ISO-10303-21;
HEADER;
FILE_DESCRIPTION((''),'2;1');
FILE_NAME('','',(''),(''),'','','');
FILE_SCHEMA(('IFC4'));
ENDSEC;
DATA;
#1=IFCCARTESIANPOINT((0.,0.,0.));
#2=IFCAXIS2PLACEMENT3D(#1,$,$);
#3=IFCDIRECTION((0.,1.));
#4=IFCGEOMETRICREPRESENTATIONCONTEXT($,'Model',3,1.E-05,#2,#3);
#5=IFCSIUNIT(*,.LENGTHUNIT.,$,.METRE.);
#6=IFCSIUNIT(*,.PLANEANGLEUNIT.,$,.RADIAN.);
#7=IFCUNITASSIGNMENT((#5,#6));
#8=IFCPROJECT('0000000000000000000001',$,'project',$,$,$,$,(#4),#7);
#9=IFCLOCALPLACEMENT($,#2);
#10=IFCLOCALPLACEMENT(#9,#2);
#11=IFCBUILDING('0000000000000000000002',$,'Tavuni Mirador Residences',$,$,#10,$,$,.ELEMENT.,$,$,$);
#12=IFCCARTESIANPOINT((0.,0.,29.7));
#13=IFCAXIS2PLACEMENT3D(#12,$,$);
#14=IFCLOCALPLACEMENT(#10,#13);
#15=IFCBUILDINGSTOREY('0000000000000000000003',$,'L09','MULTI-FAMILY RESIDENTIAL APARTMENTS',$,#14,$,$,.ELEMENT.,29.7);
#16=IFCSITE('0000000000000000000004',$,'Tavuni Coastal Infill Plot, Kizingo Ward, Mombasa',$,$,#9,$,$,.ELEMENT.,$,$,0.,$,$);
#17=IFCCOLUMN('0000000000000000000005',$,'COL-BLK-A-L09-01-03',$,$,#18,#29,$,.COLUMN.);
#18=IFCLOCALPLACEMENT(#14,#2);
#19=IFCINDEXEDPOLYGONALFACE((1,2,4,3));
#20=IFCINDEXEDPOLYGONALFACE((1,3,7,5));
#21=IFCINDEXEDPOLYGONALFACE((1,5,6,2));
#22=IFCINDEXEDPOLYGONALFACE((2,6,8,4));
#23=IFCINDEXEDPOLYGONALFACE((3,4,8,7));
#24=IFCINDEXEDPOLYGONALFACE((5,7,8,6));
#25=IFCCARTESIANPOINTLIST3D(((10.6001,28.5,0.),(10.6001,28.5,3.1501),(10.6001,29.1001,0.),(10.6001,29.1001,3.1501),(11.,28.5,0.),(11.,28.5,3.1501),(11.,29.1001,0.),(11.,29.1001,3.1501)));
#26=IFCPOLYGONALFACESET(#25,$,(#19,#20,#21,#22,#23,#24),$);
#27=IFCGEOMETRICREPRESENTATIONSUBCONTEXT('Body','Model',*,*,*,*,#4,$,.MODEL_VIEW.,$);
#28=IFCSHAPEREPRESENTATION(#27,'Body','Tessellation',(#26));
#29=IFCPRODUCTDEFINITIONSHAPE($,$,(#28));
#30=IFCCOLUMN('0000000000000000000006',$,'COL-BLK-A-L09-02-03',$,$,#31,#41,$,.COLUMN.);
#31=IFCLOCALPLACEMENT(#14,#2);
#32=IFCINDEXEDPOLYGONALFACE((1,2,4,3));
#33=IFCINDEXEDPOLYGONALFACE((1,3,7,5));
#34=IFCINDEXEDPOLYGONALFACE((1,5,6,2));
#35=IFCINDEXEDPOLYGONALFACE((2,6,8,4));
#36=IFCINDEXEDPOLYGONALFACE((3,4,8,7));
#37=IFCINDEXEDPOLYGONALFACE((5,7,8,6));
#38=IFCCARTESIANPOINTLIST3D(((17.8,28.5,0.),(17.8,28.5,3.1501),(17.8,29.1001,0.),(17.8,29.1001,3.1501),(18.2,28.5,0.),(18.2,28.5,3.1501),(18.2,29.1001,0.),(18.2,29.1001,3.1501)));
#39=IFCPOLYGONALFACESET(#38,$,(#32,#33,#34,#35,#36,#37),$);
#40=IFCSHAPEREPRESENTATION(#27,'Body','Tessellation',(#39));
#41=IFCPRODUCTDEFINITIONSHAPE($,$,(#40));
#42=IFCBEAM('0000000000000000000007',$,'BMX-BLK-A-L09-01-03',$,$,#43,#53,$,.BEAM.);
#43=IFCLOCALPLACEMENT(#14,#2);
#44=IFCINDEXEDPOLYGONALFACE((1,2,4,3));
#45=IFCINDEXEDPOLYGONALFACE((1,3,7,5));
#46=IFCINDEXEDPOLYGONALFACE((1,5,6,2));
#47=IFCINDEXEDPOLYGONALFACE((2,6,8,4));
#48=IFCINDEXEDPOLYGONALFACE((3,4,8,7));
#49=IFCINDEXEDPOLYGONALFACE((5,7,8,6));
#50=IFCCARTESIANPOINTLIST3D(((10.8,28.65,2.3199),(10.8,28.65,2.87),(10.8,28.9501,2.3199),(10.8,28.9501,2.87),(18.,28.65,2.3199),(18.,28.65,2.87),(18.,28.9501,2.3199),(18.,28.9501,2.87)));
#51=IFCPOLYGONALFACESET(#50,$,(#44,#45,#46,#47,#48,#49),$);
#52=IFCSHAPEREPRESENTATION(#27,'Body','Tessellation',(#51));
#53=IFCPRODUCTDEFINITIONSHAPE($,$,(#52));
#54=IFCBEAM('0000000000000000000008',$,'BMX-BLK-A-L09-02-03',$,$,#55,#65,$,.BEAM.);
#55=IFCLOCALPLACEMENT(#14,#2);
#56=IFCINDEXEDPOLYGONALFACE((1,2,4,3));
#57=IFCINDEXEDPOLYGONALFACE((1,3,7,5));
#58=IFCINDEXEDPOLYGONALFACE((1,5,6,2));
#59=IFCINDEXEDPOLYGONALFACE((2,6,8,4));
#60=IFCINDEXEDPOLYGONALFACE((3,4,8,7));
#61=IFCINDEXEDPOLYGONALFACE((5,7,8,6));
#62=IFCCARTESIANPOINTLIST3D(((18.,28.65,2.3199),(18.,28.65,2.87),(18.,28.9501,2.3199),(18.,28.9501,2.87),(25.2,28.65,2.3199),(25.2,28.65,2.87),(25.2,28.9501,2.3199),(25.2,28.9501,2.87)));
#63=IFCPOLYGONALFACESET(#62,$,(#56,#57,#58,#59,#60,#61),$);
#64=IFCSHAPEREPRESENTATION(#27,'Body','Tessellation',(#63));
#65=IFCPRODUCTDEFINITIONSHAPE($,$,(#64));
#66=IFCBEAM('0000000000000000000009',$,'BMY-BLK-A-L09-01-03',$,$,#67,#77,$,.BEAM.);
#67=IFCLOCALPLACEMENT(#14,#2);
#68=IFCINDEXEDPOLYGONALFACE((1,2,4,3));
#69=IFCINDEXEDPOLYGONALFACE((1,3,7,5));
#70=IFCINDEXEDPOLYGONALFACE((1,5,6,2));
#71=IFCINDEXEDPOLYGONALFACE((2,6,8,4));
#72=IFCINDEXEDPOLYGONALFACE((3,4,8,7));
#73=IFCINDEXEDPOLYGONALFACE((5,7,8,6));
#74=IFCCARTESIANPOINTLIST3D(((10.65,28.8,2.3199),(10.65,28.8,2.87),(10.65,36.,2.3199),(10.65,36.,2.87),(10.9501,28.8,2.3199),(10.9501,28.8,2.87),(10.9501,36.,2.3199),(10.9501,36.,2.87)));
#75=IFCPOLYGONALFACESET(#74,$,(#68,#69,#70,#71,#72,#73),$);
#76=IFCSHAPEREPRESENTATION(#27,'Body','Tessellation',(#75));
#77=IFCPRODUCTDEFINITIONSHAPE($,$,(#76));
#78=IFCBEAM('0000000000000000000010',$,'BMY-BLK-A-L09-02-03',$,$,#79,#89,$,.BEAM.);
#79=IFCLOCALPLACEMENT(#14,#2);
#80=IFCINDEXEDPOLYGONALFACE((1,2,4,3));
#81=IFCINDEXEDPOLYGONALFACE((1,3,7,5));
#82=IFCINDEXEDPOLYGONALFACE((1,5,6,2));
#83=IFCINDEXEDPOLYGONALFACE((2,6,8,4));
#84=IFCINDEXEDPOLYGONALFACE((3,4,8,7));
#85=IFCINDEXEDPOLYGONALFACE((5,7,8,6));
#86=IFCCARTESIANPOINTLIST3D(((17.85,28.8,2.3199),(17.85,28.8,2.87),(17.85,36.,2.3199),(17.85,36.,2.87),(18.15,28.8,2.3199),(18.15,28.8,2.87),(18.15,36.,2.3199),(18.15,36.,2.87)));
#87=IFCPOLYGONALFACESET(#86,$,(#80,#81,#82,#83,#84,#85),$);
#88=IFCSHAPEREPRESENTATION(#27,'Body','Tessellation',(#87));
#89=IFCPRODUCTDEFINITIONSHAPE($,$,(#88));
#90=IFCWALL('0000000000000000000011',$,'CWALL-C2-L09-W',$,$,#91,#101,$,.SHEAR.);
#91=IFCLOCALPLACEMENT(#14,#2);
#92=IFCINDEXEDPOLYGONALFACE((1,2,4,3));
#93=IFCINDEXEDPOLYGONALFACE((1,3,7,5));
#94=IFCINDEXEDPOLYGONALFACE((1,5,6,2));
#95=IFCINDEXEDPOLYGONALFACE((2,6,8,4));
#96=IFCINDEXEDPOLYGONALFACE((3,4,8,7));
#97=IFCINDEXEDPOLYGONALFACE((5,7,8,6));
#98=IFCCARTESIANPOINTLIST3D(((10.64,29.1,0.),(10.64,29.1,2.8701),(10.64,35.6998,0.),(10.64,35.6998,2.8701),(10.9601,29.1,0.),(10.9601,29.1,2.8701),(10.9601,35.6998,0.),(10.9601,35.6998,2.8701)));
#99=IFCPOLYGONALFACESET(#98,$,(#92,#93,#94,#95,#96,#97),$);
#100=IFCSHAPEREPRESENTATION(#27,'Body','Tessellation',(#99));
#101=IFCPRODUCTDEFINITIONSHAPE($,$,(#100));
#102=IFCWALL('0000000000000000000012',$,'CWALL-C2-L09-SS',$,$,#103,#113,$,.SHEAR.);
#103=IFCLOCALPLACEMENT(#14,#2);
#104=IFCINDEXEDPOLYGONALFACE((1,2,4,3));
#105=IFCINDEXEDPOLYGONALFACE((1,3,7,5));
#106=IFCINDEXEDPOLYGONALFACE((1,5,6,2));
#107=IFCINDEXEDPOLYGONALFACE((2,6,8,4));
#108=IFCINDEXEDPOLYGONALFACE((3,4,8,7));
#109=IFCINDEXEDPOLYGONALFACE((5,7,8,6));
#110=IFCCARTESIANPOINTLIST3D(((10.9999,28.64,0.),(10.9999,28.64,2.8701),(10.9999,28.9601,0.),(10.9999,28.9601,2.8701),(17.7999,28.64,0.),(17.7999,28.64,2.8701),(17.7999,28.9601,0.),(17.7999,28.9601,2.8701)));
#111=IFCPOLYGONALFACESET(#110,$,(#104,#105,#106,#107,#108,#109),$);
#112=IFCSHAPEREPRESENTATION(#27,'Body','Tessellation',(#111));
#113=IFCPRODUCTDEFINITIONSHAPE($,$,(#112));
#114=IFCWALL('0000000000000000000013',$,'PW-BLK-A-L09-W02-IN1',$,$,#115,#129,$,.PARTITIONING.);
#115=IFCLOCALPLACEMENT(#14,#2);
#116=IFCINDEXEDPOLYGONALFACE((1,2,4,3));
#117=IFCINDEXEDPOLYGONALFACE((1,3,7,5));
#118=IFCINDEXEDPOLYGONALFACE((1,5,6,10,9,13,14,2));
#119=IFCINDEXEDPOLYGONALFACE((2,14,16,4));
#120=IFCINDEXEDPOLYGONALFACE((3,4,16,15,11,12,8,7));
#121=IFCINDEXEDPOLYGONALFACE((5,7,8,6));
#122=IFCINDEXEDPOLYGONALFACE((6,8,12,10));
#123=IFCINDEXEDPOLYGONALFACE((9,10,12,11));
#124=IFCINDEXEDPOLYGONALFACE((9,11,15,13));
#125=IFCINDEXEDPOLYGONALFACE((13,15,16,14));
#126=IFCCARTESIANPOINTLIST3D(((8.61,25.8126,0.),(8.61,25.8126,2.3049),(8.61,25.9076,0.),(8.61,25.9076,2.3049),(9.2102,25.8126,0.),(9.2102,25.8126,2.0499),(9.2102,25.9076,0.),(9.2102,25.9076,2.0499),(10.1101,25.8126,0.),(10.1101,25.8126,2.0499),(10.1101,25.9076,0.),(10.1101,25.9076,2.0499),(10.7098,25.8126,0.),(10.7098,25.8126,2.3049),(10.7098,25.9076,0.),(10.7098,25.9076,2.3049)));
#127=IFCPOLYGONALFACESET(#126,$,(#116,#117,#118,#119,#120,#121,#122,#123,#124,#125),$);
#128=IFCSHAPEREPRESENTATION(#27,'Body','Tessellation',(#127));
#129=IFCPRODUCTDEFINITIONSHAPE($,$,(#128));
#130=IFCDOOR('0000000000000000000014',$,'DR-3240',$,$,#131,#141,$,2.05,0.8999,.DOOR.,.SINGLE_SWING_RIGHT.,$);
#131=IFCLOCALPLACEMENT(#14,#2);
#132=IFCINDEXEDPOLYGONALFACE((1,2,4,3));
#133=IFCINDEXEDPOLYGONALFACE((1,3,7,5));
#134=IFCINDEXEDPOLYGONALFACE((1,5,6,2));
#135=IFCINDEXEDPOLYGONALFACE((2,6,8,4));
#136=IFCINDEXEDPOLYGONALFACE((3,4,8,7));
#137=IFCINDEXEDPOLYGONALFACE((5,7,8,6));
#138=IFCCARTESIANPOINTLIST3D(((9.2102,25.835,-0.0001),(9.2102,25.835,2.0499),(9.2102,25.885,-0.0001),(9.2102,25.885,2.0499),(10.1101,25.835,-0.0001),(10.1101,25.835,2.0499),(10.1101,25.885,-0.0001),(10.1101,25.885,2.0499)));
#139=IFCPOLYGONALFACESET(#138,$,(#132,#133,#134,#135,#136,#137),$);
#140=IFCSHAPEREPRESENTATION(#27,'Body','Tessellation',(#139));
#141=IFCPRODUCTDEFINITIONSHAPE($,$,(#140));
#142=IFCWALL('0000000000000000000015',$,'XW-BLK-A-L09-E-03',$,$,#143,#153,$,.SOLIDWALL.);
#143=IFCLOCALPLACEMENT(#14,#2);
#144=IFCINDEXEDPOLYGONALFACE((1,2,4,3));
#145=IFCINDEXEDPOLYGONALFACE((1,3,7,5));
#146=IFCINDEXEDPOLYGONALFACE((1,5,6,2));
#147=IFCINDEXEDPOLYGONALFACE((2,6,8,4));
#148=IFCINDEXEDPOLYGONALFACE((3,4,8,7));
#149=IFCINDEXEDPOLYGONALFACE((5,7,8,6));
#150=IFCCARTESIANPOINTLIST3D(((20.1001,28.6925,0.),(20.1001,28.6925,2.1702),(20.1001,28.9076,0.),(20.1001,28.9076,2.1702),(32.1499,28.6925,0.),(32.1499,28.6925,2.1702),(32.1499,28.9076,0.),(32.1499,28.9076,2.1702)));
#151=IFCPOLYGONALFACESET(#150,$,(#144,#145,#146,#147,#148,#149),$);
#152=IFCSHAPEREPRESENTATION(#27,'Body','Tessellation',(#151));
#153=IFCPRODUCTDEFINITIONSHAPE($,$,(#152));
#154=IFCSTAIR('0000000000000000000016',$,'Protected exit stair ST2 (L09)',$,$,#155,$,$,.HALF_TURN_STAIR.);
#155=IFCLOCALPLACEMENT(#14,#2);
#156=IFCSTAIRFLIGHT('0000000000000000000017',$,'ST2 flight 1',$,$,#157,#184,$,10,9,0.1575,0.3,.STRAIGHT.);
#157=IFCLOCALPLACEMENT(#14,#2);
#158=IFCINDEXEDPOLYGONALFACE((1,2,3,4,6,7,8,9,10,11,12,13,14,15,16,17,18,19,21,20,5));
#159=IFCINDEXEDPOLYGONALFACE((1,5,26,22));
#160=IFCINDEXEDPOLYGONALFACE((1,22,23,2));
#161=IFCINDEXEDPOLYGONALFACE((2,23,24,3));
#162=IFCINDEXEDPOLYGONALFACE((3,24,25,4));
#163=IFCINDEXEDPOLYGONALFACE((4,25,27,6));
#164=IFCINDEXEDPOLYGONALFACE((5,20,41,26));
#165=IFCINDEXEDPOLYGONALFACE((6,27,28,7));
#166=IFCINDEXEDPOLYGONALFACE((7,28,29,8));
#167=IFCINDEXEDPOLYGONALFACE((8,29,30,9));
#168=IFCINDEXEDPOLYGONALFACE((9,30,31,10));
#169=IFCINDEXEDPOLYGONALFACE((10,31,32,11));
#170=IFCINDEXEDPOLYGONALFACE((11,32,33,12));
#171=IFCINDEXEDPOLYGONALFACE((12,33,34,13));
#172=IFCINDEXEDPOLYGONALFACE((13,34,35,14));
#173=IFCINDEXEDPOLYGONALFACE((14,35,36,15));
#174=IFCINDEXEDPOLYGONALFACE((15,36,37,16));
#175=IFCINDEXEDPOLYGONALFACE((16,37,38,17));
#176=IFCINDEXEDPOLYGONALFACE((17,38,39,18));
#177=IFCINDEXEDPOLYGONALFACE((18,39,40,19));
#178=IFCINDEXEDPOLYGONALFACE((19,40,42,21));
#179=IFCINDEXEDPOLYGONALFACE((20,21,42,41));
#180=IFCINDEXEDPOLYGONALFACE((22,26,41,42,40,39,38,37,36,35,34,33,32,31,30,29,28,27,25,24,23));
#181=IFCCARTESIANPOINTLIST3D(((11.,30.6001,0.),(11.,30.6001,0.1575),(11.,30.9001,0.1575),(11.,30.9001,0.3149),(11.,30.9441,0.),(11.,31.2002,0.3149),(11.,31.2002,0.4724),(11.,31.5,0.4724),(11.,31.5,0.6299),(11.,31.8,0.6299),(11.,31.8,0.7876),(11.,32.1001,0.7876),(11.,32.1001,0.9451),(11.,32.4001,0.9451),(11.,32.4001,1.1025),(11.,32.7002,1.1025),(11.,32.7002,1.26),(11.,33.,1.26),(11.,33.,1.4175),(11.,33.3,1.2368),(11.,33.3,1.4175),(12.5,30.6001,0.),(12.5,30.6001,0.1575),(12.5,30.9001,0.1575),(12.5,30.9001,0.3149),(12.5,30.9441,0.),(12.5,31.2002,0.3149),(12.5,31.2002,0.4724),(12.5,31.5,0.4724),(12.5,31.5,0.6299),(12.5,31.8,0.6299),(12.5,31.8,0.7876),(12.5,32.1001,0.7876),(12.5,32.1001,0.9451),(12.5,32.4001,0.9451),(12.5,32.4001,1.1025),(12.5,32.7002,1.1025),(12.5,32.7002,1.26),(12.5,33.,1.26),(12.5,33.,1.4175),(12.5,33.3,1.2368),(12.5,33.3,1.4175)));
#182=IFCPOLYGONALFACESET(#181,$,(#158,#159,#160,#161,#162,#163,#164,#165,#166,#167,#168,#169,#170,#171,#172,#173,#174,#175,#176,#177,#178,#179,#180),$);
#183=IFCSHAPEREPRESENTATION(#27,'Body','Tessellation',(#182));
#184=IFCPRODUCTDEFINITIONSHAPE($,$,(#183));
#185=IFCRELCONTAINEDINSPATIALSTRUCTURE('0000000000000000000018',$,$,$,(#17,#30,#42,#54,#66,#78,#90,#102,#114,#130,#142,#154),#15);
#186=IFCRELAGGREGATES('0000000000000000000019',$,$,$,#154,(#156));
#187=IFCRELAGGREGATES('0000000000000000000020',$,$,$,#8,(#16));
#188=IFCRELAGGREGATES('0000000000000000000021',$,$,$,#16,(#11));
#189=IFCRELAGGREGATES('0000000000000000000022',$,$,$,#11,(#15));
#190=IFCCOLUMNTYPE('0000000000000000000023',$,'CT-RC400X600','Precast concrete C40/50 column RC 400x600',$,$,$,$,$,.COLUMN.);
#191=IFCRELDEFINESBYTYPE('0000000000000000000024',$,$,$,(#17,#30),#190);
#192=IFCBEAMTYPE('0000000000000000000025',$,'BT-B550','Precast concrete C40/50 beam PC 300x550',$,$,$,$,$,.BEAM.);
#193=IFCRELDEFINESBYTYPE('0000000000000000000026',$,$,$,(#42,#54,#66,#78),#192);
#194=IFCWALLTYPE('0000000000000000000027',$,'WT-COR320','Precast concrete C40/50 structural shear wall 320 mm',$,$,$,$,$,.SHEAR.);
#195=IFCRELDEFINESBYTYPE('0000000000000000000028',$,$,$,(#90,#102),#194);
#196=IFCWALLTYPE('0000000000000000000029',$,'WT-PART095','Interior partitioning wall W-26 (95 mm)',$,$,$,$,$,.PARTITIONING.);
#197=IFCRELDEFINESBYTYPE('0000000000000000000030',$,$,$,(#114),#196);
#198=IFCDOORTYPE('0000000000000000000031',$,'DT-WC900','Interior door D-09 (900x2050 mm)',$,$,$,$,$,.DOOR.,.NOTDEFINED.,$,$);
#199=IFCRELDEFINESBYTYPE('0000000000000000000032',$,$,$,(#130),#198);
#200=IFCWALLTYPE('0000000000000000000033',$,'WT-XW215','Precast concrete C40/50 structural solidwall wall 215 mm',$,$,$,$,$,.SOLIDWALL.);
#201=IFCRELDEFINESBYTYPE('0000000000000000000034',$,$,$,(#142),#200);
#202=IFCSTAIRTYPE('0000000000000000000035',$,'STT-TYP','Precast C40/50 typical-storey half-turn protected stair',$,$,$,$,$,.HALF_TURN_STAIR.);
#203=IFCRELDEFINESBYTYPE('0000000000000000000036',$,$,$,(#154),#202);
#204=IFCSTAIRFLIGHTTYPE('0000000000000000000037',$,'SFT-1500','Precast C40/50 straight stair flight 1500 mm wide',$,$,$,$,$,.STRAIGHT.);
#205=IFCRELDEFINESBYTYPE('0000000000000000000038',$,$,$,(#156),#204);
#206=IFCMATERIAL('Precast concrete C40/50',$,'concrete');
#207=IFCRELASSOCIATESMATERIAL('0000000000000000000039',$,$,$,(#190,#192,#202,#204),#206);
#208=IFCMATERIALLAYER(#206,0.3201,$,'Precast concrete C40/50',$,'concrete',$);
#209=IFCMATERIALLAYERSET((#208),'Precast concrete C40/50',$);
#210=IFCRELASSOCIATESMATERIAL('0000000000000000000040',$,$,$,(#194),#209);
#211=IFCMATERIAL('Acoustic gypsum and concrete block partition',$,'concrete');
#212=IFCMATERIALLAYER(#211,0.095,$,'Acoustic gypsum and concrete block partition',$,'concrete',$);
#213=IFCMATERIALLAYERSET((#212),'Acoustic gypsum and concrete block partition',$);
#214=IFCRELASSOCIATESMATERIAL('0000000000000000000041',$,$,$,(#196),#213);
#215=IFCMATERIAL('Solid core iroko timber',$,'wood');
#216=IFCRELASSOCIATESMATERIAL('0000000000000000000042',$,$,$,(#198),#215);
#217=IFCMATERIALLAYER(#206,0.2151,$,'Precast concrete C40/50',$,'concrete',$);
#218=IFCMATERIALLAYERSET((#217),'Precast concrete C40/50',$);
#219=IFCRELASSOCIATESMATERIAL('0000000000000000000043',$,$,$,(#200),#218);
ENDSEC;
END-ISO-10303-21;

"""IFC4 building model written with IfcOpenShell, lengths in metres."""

from ifc_helpers import new_model, si_unit, direction, frame, frame_2d, origin, origin_2d, place, context, subcontext, project, spatial, polyline, rectangle, outline, extrude, material, layer, layer_set, material_profile, profile_set, type_object, element, fill, aggregate, save


model = new_model("IFC4")

# Units and contexts
model_context = context("Model", 3, precision=1e-05, world=origin(), true_north=direction((0.0, 1.0)))
body_context = subcontext(model_context, "Body", "Model", "MODEL_VIEW")
ifc_project = project(units=[si_unit("LENGTHUNIT", "METRE"), si_unit("PLANEANGLEUNIT", "RADIAN")], contexts=[model_context])

# Site, building, storey
site_placement = place(None, origin())
site = spatial("IfcSite", under=ifc_project, at=site_placement, Name="Tavuni Coastal Infill Plot, Kizingo Ward, Mombasa", CompositionType="ELEMENT", RefElevation=0.0)
building_placement = place(site_placement, origin())
building = spatial("IfcBuilding", under=site, at=building_placement, Name="Tavuni Mirador Residences", CompositionType="ELEMENT")
storey_placement = place(building_placement, frame((0.0, 0.0, 29.7)))
storey = spatial("IfcBuildingStorey", under=building, at=storey_placement, Name="L09", Description="MULTI-FAMILY RESIDENTIAL APARTMENTS", CompositionType="ELEMENT", Elevation=29.7)

# Columns
ifc_material_1 = material(Name="Precast concrete C40/50", Category="concrete")
ifc_material_profile_1 = material_profile(ifc_material_1, rectangle(XDim=0.3999, YDim=0.6001, at=origin_2d()), Name="RC 400x600", Category="concrete")
ifc_profile_set_1 = profile_set([ifc_material_profile_1], Name="Precast concrete C40/50")
column_type = type_object("IfcColumnType", Name="CT-RC400X600", Description="Precast concrete C40/50 column RC 400x600", PredefinedType="COLUMN", material=ifc_profile_set_1)
for number, where, z_axis, x_axis, name in (
    (1, (10.8, 28.8, 0.0), (0.0, 0.0, 1.0), (1.0, 0.0, 0.0), "COL-BLK-A-L09-01-03"),
    (2, (18.0, 28.8, 0.0), (0.0, 0.0, 1.0), (1.0, 0.0, 0.0), "COL-BLK-A-L09-02-03"),
):
    element("IfcColumn", number, at=place(storey_placement, frame(where, z_axis=z_axis, x_axis=x_axis)), inside=storey, type_object=column_type, Name=name, PredefinedType="COLUMN", context=body_context, shape_type="SweptSolid", body=[
        extrude(rectangle(XDim=0.3999, YDim=0.6001, at=origin_2d()), origin(), (0.0, 0.0, 1.0), 3.1501),
    ])

# Beams
ifc_material_profile_2 = material_profile(ifc_material_1, rectangle(XDim=0.3, YDim=0.55, at=origin_2d()), Name="PC 300x550", Category="concrete")
ifc_profile_set_2 = profile_set([ifc_material_profile_2], Name="Precast concrete C40/50")
beam_type = type_object("IfcBeamType", Name="BT-B550", Description="Precast concrete C40/50 beam PC 300x550", PredefinedType="BEAM", material=ifc_profile_set_2)
for number, where, z_axis, x_axis, name in (
    (3, (10.8, 28.8, 2.595), (1.0, 0.0, 0.0), (0.0, 1.0, 0.0), "BMX-BLK-A-L09-01-03"),
    (4, (18.0, 28.8, 2.595), (1.0, 0.0, 0.0), (0.0, 1.0, 0.0), "BMX-BLK-A-L09-02-03"),
    (5, (10.8, 28.8, 2.595), (0.0, 1.0, 0.0), (-1.0, 0.0, 0.0), "BMY-BLK-A-L09-01-03"),
    (6, (18.0, 28.8, 2.595), (0.0, 1.0, 0.0), (-1.0, 0.0, 0.0), "BMY-BLK-A-L09-02-03"),
):
    element("IfcBeam", number, at=place(storey_placement, frame(where, z_axis=z_axis, x_axis=x_axis)), inside=storey, type_object=beam_type, Name=name, PredefinedType="BEAM", context=body_context, shape_type="SweptSolid", body=[
        extrude(rectangle(XDim=0.3, YDim=0.55, at=origin_2d()), origin(), (0.0, 0.0, 1.0), 7.2),
    ])

# Shared definitions
ifc_material_2 = material(Name="Solid core iroko timber", Category="wood")

# Wall
ifc_layer_1 = layer(ifc_material_1, 0.3201, Name="Precast concrete C40/50", Category="concrete")
ifc_layer_set_1 = layer_set([ifc_layer_1], Name="Precast concrete C40/50")
wall_type_1 = type_object("IfcWallType", Name="WT-COR320", Description="Precast concrete C40/50 structural shear wall 320 mm", PredefinedType="SHEAR", material=ifc_layer_set_1)
wall_1_placement = place(storey_placement, frame((10.8, 29.1001, 0.0), z_axis=(0.0, 0.0, 1.0), x_axis=(0.0, 1.0, 0.0)))
element("IfcWall", 7, at=wall_1_placement, inside=storey, type_object=wall_type_1, Name="CWALL-C2-L09-W", PredefinedType="SHEAR", context=body_context, shape_type="SweptSolid", body=[
    extrude(rectangle(XDim=6.5999, YDim=0.3201, at=frame_2d((3.2998, 0.0))), origin(), (0.0, 0.0, 1.0), 2.8701),
])

# Wall
wall_2_placement = place(storey_placement, frame((11.0, 28.8, 0.0), z_axis=(0.0, 0.0, 1.0), x_axis=(1.0, 0.0, 0.0)))
element("IfcWall", 8, at=wall_2_placement, inside=storey, type_object=wall_type_1, Name="CWALL-C2-L09-SS", PredefinedType="SHEAR", context=body_context, shape_type="SweptSolid", body=[
    extrude(rectangle(XDim=6.8, YDim=0.3201, at=frame_2d((3.3999, 0.0))), origin(), (0.0, 0.0, 1.0), 2.8701),
])

# Wall, opening, door
ifc_material_3 = material(Name="Acoustic gypsum and concrete block partition", Category="concrete")
ifc_layer_2 = layer(ifc_material_3, 0.095, Name="Acoustic gypsum and concrete block partition", Category="concrete")
ifc_layer_set_2 = layer_set([ifc_layer_2], Name="Acoustic gypsum and concrete block partition")
wall_type_2 = type_object("IfcWallType", Name="WT-PART095", Description="Interior partitioning wall W-26 (95 mm)", PredefinedType="PARTITIONING", material=ifc_layer_set_2)
wall_3_placement = place(storey_placement, frame((8.6101, 25.8601, 0.0), z_axis=(0.0, 0.0, 1.0), x_axis=(1.0, 0.0, 0.0)))
wall_3 = element("IfcWall", 9, at=wall_3_placement, inside=storey, type_object=wall_type_2, Name="PW-BLK-A-L09-W02-IN1", PredefinedType="PARTITIONING", context=body_context, shape_type="SweptSolid", body=[
    extrude(rectangle(XDim=2.0999, YDim=0.095, at=frame_2d((1.0498, 0.0))), origin(), (0.0, 0.0, 1.0), 2.3049),
])
opening_1_placement = place(wall_3_placement, frame((0.6001, 0.0, 0.0)))
opening_1 = element("IfcOpeningElement", 10, at=opening_1_placement, cuts=wall_3, PredefinedType="OPENING", context=body_context, shape_type="SweptSolid", body=[
    extrude(rectangle(XDim=0.8999, YDim=2.05, at=frame_2d((0.45, 1.0249))), frame((0.0, 0.0576, 0.0), z_axis=(0.0, -1.0, 0.0), x_axis=(1.0, 0.0, 0.0)), (0.0, 0.0, 1.0), 0.115),
])
door_type_1 = type_object("IfcDoorType", Name="DT-WC900", Description="Interior door D-09 (900x2050 mm)", OperationType="NOTDEFINED", PredefinedType="DOOR", material=ifc_material_2)
door_1_placement = place(opening_1_placement, origin())
door_1 = element("IfcDoor", 11, at=door_1_placement, inside=storey, type_object=door_type_1, Name="DR-3240", OperationType="SINGLE_SWING_RIGHT", OverallHeight=2.05, OverallWidth=0.8999, PredefinedType="DOOR", context=body_context, shape_type="SweptSolid", body=[
    extrude(rectangle(XDim=0.8999, YDim=2.05, at=frame_2d((0.45, 1.0249))), frame((0.0, 0.0249, 0.0), z_axis=(0.0, -1.0, 0.0), x_axis=(1.0, 0.0, 0.0)), (0.0, 0.0, 1.0), 0.05),
])
fill(opening_1, door_1)

# Wall
ifc_layer_3 = layer(ifc_material_1, 0.2151, Name="Precast concrete C40/50", Category="concrete")
ifc_layer_set_3 = layer_set([ifc_layer_3], Name="Precast concrete C40/50")
wall_type_3 = type_object("IfcWallType", Name="WT-XW215", Description="Precast concrete C40/50 structural solidwall wall 215 mm", PredefinedType="SOLIDWALL", material=ifc_layer_set_3)
wall_4_placement = place(storey_placement, frame((20.1001, 28.8, 0.0), z_axis=(0.0, 0.0, 1.0), x_axis=(1.0, 0.0, 0.0)))
element("IfcWall", 12, at=wall_4_placement, inside=storey, type_object=wall_type_3, Name="XW-BLK-A-L09-E-03", PredefinedType="SOLIDWALL", context=body_context, shape_type="SweptSolid", body=[
    extrude(rectangle(XDim=12.0498, YDim=0.2151, at=frame_2d((6.0249, 0.0))), origin(), (0.0, 0.0, 1.0), 2.1702),
])

# Stair, stair flight
stair_type = type_object("IfcStairType", Name="STT-TYP", Description="Precast C40/50 typical-storey half-turn protected stair", PredefinedType="HALF_TURN_STAIR", material=ifc_material_1)
stair_placement = place(storey_placement, origin())
stair = element("IfcStair", 13, at=stair_placement, inside=storey, type_object=stair_type, Name="Protected exit stair ST2 (L09)", PredefinedType="HALF_TURN_STAIR")
stair_flight_type = type_object("IfcStairFlightType", Name="SFT-1500", Description="Precast C40/50 straight stair flight 1500 mm wide", PredefinedType="STRAIGHT", material=ifc_material_1)
stair_flight_placement = place(storey_placement, frame((11.75, 30.6001, 0.0), z_axis=(0.0, 0.0, 1.0), x_axis=(0.0, 1.0, 0.0)))
stair_flight = element("IfcStairFlight", 14, at=stair_flight_placement, type_object=stair_flight_type, Name="ST2 flight 1", NumberOfRisers=10, NumberOfTreads=9, PredefinedType="STRAIGHT", RiserHeight=0.1575, TreadLength=0.3, context=body_context, shape_type="SweptSolid", body=[
    extrude(outline(polyline([(0.0, 0.0), (0.0, 0.1575), (0.3, 0.1575), (0.3, 0.3149), (0.6001, 0.3149), (0.6001, 0.4724), (0.8999, 0.4724), (0.8999, 0.6299), (1.2, 0.6299), (1.2, 0.7876), (1.5, 0.7876), (1.5, 0.9451), (1.8, 0.9451), (1.8, 1.1025), (2.1001, 1.1025), (2.1001, 1.26), (2.3999, 1.26), (2.3999, 1.4175), (2.7, 1.4175), (2.7, 1.575), (2.7, 1.2368), (0.344, 0.0), (0.0, 0.0)])), frame((0.0, 0.75, 0.0), z_axis=(0.0, -1.0, 0.0), x_axis=(1.0, 0.0, 0.0)), (0.0, 0.0, 1.0), 1.5),
])
aggregate(stair, [stair_flight])

save(model, "model.ifc")
